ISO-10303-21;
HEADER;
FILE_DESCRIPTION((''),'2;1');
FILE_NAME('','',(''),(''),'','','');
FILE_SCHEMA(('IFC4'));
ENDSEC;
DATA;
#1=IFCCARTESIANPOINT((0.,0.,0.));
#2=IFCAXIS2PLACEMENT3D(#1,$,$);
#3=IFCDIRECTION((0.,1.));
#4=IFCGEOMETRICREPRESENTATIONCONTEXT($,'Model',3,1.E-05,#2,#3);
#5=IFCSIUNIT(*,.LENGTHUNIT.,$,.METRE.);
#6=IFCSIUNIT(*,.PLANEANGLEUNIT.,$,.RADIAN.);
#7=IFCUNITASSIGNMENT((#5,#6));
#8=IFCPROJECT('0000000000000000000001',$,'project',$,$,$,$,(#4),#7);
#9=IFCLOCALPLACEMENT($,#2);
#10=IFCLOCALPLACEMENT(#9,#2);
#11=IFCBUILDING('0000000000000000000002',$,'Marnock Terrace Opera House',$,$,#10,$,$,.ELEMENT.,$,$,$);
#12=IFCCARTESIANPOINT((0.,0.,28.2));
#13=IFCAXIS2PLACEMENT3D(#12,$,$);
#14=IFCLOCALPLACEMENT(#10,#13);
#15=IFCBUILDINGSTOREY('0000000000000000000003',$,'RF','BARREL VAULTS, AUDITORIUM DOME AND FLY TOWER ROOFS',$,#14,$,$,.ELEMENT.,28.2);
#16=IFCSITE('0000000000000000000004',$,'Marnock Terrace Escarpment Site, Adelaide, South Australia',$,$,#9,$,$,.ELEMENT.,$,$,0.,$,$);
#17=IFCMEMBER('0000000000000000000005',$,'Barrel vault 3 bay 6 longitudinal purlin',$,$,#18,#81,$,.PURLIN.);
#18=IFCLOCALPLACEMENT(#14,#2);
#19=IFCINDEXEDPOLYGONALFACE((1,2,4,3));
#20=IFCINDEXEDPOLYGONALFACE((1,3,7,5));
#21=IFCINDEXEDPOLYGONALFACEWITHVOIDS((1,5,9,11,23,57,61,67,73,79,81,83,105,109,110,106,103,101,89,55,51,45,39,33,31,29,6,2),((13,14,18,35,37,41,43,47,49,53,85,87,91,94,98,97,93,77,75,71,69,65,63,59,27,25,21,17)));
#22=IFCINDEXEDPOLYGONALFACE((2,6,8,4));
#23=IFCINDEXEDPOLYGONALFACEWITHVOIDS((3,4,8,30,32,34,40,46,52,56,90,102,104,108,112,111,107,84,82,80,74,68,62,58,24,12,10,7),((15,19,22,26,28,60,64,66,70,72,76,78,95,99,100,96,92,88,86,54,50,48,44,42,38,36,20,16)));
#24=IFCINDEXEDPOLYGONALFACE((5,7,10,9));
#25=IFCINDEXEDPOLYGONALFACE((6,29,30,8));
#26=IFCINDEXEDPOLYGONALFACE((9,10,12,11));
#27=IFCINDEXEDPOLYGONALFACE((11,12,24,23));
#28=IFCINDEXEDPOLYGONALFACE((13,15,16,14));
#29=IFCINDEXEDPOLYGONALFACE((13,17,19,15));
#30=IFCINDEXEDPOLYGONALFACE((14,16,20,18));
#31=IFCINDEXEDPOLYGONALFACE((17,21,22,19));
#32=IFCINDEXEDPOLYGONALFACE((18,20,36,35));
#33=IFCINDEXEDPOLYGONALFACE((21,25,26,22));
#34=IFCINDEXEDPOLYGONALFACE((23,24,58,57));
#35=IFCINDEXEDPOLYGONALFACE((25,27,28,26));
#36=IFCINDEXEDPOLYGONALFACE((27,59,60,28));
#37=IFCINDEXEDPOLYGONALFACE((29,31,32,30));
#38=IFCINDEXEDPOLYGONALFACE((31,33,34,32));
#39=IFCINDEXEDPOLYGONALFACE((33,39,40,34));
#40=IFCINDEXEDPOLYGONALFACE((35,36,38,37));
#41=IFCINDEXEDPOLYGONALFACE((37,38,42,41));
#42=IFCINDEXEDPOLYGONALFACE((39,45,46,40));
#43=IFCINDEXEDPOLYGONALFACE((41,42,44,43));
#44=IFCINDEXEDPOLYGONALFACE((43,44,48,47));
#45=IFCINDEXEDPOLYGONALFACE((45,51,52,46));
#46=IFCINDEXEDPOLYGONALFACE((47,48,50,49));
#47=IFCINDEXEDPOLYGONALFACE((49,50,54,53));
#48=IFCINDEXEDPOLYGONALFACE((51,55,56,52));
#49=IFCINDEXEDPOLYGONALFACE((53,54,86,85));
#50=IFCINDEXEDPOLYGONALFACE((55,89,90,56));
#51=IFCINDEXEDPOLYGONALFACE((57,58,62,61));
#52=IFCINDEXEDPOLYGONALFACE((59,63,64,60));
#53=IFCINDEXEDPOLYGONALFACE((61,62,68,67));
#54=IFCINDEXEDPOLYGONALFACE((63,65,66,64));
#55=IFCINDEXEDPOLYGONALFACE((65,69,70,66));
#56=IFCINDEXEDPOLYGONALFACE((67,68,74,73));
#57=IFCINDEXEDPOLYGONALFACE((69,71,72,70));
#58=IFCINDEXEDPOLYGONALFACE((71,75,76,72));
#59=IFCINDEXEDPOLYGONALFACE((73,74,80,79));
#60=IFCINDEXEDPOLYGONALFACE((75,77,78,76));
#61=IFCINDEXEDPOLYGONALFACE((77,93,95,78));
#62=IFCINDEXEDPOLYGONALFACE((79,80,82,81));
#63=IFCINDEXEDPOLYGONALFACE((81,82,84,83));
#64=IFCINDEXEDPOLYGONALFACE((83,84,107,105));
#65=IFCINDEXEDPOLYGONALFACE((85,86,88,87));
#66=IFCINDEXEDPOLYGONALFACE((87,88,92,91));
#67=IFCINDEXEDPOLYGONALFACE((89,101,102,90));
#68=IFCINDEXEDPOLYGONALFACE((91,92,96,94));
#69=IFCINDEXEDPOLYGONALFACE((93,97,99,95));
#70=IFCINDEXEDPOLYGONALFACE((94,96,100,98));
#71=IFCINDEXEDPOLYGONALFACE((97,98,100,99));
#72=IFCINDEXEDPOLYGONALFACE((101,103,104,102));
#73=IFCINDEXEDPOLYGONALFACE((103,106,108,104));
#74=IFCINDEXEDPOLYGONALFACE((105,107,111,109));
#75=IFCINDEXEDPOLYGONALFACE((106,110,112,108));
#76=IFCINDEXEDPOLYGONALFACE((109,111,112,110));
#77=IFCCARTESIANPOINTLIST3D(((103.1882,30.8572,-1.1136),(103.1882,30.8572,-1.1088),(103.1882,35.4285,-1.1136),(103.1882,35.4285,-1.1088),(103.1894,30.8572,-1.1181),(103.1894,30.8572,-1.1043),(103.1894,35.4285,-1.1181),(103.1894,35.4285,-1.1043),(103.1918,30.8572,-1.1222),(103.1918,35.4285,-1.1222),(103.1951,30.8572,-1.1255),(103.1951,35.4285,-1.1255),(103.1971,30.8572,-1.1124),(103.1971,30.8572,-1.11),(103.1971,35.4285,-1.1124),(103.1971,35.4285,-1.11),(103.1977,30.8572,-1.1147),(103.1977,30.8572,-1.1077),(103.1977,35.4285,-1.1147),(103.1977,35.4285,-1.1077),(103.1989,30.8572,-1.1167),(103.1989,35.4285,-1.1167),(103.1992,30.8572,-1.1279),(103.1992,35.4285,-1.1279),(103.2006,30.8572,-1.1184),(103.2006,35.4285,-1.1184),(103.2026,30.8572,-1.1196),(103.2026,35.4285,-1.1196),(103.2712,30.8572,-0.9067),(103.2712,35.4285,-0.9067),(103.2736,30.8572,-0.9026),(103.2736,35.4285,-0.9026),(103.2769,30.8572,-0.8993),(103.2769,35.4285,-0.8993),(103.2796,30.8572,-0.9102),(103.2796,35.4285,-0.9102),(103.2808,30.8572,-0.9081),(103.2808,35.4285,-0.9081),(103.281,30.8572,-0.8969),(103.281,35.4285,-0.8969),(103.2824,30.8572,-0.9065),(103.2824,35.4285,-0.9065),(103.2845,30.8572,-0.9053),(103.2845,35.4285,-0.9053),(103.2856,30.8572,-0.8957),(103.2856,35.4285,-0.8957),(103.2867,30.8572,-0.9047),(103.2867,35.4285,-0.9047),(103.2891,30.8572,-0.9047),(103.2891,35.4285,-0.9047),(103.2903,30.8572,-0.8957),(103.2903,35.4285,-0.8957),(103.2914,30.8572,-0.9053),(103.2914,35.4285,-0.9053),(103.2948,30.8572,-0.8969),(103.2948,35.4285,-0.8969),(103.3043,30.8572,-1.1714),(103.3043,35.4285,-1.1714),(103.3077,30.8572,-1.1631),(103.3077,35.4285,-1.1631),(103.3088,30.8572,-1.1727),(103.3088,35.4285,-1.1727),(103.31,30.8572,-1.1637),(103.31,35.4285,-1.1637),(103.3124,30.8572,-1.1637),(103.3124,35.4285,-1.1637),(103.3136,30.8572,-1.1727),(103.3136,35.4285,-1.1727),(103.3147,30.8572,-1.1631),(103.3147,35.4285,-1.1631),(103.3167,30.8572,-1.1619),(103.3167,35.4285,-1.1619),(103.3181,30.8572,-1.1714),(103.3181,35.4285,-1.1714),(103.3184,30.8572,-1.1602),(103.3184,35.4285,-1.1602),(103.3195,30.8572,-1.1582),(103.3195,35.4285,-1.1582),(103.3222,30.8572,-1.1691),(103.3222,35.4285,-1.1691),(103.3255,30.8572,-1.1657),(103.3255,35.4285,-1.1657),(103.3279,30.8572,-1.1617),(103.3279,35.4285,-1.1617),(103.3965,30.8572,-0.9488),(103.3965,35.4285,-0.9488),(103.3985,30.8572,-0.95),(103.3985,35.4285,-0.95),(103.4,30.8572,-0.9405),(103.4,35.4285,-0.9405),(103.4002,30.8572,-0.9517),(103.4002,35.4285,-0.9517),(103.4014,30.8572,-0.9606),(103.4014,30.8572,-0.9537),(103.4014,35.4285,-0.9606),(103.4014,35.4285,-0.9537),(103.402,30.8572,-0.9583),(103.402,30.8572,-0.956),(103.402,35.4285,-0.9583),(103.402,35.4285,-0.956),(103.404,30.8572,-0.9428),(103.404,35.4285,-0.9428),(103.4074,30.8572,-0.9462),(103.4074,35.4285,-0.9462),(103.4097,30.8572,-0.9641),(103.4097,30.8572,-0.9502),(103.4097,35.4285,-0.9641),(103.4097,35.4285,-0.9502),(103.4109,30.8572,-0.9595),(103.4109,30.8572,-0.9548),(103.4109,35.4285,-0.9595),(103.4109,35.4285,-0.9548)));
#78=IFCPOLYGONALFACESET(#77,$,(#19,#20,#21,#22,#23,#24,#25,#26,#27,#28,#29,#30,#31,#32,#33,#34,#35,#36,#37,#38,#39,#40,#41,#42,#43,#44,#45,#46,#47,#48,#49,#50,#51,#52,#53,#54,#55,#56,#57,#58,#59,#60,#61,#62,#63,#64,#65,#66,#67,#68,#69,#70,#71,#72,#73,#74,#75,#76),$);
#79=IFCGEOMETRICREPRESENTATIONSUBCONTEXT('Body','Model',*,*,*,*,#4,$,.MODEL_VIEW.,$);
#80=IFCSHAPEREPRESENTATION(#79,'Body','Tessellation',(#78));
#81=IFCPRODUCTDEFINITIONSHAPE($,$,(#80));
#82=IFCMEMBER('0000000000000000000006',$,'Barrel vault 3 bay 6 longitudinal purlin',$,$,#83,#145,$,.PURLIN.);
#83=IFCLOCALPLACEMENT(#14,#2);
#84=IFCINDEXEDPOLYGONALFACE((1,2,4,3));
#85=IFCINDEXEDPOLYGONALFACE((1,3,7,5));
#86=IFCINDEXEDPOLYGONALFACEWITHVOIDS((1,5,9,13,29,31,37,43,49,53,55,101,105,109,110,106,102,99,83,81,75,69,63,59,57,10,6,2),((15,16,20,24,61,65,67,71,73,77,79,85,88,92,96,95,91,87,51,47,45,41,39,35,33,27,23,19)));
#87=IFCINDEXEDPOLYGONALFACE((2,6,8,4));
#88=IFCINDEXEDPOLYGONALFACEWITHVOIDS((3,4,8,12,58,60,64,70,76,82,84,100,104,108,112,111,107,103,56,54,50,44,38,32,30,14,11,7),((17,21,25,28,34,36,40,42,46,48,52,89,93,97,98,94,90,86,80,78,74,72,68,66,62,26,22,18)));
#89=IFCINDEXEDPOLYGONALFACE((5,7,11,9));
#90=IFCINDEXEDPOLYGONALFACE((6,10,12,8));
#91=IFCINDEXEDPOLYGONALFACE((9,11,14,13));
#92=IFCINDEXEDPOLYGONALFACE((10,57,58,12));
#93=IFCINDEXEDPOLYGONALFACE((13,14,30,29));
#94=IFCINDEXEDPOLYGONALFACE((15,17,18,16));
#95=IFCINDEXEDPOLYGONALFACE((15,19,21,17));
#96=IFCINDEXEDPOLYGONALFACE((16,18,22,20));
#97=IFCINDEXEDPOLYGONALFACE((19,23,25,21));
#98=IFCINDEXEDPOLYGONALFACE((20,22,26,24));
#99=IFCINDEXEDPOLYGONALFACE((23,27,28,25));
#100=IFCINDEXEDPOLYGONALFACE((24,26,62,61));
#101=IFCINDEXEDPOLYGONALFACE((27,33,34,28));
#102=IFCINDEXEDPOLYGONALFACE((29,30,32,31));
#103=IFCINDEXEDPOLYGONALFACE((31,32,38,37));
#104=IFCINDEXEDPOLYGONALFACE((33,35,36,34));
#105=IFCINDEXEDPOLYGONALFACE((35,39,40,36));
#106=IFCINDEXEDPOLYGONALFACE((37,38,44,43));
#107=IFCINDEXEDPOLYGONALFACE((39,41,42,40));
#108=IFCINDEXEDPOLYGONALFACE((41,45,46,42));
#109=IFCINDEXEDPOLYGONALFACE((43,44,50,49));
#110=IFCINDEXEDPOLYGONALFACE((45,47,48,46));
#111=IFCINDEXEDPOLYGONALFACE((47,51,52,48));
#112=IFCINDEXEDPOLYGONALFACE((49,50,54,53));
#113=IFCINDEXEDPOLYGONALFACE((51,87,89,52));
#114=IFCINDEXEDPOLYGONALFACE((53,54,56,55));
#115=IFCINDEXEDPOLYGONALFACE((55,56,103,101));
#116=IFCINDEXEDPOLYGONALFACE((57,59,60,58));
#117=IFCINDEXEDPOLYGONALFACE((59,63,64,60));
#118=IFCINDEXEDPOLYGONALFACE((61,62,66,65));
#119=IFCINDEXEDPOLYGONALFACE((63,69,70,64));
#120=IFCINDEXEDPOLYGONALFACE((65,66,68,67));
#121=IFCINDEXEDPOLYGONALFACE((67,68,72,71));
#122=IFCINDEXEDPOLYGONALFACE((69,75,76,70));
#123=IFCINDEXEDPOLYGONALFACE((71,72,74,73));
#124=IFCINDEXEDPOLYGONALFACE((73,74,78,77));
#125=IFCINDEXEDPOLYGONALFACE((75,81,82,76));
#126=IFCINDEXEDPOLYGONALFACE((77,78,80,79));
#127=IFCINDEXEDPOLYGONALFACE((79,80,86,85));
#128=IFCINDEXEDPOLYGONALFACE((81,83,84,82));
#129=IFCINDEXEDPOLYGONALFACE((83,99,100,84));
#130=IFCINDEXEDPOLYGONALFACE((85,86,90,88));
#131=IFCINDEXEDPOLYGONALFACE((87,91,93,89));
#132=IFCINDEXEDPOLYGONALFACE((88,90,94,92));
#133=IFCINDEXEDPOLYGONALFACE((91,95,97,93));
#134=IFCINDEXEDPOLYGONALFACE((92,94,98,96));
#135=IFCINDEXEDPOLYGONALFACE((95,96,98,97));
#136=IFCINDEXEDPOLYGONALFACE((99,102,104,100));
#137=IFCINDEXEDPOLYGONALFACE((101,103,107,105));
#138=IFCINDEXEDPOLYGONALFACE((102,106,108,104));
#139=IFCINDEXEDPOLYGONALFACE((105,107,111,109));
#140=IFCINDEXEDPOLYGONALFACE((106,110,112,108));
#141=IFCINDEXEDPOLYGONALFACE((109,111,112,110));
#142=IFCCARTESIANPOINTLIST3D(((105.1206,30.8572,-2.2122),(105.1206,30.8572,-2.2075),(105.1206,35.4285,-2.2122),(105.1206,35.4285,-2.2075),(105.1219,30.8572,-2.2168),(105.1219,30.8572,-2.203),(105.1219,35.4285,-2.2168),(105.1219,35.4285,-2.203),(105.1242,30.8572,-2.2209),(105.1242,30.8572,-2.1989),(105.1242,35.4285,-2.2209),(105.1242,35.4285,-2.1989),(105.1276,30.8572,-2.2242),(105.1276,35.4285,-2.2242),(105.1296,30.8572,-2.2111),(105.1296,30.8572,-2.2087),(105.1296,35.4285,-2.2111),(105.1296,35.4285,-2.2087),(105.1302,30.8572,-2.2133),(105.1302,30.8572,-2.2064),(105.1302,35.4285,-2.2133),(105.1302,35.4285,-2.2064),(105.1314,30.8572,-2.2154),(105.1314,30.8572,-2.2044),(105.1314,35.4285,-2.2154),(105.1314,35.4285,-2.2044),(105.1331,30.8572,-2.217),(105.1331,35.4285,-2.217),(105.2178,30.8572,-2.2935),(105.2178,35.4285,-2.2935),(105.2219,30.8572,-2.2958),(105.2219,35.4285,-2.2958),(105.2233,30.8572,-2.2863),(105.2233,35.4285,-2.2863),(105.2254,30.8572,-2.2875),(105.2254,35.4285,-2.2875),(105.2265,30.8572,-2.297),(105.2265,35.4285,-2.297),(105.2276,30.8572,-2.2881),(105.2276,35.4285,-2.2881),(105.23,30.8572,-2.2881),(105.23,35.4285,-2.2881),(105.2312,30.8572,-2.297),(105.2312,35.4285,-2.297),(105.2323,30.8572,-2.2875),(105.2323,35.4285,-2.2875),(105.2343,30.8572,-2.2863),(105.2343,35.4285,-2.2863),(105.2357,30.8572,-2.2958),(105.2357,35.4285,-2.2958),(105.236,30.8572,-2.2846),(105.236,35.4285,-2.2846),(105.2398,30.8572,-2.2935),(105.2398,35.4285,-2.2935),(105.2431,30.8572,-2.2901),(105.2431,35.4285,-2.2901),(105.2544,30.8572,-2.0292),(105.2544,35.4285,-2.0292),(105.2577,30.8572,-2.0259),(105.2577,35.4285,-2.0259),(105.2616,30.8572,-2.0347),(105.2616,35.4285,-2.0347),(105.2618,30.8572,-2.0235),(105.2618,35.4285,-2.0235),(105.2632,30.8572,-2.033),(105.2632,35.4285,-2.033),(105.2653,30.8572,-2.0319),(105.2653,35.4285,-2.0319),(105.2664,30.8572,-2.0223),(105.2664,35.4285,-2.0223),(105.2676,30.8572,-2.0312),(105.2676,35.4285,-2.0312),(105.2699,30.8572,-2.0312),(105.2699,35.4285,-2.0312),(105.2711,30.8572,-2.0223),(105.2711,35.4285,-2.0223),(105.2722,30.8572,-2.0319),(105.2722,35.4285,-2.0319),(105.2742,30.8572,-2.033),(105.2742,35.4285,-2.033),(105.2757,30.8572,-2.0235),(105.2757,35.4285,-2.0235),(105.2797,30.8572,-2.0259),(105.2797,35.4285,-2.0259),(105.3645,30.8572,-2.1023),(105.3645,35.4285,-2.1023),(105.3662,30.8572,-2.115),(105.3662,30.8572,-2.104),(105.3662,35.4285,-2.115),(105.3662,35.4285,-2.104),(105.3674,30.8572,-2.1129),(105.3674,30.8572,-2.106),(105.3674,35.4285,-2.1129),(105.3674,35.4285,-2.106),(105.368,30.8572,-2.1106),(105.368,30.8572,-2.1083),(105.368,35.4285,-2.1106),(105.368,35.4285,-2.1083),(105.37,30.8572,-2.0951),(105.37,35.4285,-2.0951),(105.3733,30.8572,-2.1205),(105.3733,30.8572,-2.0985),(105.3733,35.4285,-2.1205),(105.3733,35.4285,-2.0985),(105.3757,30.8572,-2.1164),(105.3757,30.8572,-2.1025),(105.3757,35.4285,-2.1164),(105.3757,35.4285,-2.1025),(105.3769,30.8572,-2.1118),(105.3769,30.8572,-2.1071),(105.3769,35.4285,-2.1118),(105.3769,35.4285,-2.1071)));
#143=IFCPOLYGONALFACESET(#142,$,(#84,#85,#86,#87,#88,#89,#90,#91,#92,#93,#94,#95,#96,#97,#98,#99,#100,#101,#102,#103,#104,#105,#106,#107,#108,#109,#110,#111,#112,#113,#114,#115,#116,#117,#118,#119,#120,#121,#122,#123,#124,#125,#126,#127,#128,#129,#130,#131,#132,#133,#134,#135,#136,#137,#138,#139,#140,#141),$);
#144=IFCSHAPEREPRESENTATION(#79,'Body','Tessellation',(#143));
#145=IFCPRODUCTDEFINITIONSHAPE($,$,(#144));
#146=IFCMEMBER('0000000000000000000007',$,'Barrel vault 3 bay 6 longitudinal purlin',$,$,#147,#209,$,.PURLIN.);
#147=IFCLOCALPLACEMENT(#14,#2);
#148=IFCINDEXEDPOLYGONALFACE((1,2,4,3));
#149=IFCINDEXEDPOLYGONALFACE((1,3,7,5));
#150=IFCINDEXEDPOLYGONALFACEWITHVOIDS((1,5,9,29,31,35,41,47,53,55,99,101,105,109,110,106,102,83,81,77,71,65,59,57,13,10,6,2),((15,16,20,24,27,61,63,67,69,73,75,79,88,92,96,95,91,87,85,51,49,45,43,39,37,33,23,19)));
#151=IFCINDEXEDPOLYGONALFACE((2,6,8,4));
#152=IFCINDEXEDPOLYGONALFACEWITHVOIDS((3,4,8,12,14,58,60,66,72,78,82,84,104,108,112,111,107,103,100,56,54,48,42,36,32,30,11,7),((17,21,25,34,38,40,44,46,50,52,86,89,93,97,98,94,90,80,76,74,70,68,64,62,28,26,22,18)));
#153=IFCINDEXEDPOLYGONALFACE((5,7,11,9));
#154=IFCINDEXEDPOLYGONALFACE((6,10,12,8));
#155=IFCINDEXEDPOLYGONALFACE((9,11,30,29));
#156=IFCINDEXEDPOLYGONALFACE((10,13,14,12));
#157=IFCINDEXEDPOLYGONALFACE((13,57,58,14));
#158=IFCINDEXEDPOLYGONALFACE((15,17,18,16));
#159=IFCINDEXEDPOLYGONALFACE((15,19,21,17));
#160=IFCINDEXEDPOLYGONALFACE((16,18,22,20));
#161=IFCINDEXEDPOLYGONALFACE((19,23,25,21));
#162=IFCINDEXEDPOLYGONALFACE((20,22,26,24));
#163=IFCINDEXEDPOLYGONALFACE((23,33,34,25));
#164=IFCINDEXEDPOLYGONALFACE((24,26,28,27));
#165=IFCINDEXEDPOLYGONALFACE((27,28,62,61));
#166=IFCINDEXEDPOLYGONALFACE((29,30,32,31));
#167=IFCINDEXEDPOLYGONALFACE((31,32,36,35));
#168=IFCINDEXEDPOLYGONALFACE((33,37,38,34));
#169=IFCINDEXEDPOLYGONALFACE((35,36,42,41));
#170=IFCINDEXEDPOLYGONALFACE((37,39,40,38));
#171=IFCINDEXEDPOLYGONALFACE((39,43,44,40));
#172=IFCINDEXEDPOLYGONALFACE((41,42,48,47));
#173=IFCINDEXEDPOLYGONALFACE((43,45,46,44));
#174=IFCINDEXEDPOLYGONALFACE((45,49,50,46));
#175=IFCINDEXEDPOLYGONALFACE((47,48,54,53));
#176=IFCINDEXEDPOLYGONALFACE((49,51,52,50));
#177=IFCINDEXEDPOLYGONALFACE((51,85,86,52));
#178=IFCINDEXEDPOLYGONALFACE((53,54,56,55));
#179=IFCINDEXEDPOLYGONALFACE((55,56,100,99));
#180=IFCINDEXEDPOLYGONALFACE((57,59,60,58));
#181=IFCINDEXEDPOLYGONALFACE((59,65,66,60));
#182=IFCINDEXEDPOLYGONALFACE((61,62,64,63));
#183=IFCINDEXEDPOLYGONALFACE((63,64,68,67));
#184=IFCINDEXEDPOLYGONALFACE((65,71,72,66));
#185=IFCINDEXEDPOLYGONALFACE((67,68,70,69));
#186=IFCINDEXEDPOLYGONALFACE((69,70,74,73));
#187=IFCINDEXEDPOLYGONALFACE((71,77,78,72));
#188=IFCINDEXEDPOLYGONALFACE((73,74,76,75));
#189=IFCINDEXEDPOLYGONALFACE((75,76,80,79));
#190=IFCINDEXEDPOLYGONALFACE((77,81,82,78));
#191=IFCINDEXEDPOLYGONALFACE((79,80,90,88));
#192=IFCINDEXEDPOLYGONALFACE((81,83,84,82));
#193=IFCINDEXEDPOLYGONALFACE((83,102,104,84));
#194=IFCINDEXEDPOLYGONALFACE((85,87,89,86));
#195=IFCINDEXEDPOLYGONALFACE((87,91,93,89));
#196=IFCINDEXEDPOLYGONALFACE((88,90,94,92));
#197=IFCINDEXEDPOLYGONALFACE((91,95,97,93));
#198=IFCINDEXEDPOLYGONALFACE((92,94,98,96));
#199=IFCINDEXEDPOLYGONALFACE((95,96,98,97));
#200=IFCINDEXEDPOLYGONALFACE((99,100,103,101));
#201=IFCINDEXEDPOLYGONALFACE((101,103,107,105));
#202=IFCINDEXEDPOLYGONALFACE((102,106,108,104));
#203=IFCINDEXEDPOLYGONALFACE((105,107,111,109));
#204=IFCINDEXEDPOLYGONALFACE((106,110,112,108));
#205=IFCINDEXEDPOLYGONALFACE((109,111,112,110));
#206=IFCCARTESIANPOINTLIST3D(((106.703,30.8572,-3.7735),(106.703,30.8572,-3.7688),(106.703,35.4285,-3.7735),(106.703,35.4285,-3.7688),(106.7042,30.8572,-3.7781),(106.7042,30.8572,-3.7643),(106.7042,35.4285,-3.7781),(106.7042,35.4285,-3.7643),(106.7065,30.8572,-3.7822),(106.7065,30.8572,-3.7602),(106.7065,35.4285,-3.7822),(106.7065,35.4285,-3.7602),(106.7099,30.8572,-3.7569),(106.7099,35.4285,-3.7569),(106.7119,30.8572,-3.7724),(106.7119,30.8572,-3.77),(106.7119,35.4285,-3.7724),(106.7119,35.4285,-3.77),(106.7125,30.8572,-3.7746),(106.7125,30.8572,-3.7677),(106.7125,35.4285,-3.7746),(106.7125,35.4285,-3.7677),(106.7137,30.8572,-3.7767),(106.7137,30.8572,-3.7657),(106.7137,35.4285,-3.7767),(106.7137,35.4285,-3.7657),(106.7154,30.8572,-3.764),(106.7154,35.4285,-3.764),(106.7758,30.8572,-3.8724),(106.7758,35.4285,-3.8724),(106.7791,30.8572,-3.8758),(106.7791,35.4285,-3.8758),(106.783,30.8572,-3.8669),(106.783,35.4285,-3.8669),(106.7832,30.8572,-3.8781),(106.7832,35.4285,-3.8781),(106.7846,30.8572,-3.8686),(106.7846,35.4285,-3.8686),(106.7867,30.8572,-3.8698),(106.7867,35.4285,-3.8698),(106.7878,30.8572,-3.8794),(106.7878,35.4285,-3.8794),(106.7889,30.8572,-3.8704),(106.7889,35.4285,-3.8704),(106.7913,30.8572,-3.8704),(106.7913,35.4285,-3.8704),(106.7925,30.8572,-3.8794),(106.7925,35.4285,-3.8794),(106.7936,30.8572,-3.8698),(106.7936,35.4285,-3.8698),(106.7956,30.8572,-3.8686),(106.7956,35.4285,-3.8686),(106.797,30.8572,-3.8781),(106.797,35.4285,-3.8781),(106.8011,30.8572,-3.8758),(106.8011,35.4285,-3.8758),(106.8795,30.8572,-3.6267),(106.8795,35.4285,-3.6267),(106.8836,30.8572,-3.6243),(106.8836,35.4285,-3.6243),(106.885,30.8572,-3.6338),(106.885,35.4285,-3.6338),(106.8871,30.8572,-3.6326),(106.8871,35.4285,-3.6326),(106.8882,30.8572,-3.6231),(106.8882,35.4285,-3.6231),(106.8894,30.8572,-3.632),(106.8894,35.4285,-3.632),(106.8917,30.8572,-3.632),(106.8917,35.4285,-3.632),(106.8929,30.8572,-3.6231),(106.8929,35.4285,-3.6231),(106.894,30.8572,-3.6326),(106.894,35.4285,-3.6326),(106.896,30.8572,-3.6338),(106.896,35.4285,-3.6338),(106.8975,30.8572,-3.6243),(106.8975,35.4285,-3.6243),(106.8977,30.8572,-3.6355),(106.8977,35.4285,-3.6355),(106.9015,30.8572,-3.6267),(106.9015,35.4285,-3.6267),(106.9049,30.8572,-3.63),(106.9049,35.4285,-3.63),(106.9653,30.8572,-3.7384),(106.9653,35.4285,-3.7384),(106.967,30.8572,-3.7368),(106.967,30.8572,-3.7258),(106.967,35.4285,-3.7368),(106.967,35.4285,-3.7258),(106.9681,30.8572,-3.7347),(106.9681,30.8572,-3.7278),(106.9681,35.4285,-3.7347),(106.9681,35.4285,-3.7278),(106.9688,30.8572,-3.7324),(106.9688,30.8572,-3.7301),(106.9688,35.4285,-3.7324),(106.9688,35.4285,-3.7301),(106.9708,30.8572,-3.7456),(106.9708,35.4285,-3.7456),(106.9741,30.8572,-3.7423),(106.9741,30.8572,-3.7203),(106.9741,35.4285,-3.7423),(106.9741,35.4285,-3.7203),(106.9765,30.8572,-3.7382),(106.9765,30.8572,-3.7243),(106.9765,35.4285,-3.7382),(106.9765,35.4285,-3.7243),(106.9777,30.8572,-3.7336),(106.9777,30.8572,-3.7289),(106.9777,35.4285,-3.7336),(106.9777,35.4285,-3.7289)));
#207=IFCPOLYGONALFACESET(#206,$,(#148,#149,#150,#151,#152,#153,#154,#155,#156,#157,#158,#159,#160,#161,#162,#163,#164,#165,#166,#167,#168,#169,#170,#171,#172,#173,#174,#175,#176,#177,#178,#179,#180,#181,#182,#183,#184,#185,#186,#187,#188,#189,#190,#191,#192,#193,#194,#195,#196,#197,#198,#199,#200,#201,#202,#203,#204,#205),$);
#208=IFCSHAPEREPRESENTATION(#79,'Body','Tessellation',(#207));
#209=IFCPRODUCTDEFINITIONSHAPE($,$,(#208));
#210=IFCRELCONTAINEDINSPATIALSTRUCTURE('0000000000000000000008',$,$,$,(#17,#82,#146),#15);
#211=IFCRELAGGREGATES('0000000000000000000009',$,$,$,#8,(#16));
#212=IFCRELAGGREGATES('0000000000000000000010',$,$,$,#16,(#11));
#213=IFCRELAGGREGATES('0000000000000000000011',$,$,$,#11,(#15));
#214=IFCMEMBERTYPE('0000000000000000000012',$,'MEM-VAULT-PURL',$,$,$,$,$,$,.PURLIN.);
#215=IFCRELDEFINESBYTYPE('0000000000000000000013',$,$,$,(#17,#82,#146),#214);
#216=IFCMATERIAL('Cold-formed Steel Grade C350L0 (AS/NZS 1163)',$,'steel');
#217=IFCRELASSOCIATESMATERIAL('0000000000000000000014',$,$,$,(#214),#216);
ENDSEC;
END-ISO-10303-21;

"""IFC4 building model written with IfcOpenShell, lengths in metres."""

from ifc_helpers import new_model, si_unit, direction, frame, origin, origin_2d, place, context, subcontext, project, spatial, hollow_rectangle, extrude, material, material_profile, profile_set, type_object, element, save


model = new_model("IFC4")

# Units and contexts
model_context = context("Model", 3, precision=1e-05, world=origin(), true_north=direction((0.0, 1.0)))
body_context = subcontext(model_context, "Body", "Model", "MODEL_VIEW")
ifc_project = project(units=[si_unit("LENGTHUNIT", "METRE"), si_unit("PLANEANGLEUNIT", "RADIAN")], contexts=[model_context])

# Site, building, storey
site_placement = place(None, origin())
site = spatial("IfcSite", under=ifc_project, at=site_placement, Name="Marnock Terrace Escarpment Site, Adelaide, South Australia", CompositionType="ELEMENT", RefElevation=0.0)
building_placement = place(site_placement, origin())
building = spatial("IfcBuilding", under=site, at=building_placement, Name="Marnock Terrace Opera House", CompositionType="ELEMENT")
storey_placement = place(building_placement, frame((0.0, 0.0, 28.2)))
storey = spatial("IfcBuildingStorey", under=building, at=storey_placement, Name="RF", Description="BARREL VAULTS, AUDITORIUM DOME AND FLY TOWER ROOFS", CompositionType="ELEMENT", Elevation=28.2)

# Members
ifc_material = material(Name="Cold-formed Steel Grade C350L0 (AS/NZS 1163)", Category="steel")
ifc_material_profile_1 = material_profile(ifc_material, hollow_rectangle(XDim=0.1499, YDim=0.25, WallThickness=0.009, InnerFilletRadius=0.009, OuterFilletRadius=0.0181, at=origin_2d()))
ifc_profile_set_1 = profile_set([ifc_material_profile_1], Name="Cold-formed Steel Grade C350L0 (AS/NZS 1163)")
member_type_1 = type_object("IfcMemberType", Name="MEM-VAULT-PURL", PredefinedType="PURLIN", material=ifc_profile_set_1)
for number, where, z_axis, x_axis, name in (
    (1, (103.2996, 30.8572, -1.0342), (0.0, 1.0, 0.0), (-0.92388, 0.0, 0.382683), "Barrel vault 3 bay 6 longitudinal purlin"),
    (2, (105.2488, 30.8572, -2.1597), (0.0, 1.0, 0.0), (-0.793353, 0.0, 0.608761), "Barrel vault 3 bay 6 longitudinal purlin"),
    (3, (106.8403, 30.8572, -3.7512), (0.0, 1.0, 0.0), (-0.608761, 0.0, 0.793353), "Barrel vault 3 bay 6 longitudinal purlin"),
):
    element("IfcMember", number, at=place(storey_placement, frame(where, z_axis=z_axis, x_axis=x_axis)), inside=storey, type_object=member_type_1, Name=name, PredefinedType="PURLIN", context=body_context, shape_type="SweptSolid", body=[
        extrude(hollow_rectangle(XDim=0.1499, YDim=0.25, WallThickness=0.009, InnerFilletRadius=0.009, OuterFilletRadius=0.0181, at=origin_2d()), origin(), (0.0, 0.0, 1.0), 4.5713),
    ])

save(model, "model.ifc")
